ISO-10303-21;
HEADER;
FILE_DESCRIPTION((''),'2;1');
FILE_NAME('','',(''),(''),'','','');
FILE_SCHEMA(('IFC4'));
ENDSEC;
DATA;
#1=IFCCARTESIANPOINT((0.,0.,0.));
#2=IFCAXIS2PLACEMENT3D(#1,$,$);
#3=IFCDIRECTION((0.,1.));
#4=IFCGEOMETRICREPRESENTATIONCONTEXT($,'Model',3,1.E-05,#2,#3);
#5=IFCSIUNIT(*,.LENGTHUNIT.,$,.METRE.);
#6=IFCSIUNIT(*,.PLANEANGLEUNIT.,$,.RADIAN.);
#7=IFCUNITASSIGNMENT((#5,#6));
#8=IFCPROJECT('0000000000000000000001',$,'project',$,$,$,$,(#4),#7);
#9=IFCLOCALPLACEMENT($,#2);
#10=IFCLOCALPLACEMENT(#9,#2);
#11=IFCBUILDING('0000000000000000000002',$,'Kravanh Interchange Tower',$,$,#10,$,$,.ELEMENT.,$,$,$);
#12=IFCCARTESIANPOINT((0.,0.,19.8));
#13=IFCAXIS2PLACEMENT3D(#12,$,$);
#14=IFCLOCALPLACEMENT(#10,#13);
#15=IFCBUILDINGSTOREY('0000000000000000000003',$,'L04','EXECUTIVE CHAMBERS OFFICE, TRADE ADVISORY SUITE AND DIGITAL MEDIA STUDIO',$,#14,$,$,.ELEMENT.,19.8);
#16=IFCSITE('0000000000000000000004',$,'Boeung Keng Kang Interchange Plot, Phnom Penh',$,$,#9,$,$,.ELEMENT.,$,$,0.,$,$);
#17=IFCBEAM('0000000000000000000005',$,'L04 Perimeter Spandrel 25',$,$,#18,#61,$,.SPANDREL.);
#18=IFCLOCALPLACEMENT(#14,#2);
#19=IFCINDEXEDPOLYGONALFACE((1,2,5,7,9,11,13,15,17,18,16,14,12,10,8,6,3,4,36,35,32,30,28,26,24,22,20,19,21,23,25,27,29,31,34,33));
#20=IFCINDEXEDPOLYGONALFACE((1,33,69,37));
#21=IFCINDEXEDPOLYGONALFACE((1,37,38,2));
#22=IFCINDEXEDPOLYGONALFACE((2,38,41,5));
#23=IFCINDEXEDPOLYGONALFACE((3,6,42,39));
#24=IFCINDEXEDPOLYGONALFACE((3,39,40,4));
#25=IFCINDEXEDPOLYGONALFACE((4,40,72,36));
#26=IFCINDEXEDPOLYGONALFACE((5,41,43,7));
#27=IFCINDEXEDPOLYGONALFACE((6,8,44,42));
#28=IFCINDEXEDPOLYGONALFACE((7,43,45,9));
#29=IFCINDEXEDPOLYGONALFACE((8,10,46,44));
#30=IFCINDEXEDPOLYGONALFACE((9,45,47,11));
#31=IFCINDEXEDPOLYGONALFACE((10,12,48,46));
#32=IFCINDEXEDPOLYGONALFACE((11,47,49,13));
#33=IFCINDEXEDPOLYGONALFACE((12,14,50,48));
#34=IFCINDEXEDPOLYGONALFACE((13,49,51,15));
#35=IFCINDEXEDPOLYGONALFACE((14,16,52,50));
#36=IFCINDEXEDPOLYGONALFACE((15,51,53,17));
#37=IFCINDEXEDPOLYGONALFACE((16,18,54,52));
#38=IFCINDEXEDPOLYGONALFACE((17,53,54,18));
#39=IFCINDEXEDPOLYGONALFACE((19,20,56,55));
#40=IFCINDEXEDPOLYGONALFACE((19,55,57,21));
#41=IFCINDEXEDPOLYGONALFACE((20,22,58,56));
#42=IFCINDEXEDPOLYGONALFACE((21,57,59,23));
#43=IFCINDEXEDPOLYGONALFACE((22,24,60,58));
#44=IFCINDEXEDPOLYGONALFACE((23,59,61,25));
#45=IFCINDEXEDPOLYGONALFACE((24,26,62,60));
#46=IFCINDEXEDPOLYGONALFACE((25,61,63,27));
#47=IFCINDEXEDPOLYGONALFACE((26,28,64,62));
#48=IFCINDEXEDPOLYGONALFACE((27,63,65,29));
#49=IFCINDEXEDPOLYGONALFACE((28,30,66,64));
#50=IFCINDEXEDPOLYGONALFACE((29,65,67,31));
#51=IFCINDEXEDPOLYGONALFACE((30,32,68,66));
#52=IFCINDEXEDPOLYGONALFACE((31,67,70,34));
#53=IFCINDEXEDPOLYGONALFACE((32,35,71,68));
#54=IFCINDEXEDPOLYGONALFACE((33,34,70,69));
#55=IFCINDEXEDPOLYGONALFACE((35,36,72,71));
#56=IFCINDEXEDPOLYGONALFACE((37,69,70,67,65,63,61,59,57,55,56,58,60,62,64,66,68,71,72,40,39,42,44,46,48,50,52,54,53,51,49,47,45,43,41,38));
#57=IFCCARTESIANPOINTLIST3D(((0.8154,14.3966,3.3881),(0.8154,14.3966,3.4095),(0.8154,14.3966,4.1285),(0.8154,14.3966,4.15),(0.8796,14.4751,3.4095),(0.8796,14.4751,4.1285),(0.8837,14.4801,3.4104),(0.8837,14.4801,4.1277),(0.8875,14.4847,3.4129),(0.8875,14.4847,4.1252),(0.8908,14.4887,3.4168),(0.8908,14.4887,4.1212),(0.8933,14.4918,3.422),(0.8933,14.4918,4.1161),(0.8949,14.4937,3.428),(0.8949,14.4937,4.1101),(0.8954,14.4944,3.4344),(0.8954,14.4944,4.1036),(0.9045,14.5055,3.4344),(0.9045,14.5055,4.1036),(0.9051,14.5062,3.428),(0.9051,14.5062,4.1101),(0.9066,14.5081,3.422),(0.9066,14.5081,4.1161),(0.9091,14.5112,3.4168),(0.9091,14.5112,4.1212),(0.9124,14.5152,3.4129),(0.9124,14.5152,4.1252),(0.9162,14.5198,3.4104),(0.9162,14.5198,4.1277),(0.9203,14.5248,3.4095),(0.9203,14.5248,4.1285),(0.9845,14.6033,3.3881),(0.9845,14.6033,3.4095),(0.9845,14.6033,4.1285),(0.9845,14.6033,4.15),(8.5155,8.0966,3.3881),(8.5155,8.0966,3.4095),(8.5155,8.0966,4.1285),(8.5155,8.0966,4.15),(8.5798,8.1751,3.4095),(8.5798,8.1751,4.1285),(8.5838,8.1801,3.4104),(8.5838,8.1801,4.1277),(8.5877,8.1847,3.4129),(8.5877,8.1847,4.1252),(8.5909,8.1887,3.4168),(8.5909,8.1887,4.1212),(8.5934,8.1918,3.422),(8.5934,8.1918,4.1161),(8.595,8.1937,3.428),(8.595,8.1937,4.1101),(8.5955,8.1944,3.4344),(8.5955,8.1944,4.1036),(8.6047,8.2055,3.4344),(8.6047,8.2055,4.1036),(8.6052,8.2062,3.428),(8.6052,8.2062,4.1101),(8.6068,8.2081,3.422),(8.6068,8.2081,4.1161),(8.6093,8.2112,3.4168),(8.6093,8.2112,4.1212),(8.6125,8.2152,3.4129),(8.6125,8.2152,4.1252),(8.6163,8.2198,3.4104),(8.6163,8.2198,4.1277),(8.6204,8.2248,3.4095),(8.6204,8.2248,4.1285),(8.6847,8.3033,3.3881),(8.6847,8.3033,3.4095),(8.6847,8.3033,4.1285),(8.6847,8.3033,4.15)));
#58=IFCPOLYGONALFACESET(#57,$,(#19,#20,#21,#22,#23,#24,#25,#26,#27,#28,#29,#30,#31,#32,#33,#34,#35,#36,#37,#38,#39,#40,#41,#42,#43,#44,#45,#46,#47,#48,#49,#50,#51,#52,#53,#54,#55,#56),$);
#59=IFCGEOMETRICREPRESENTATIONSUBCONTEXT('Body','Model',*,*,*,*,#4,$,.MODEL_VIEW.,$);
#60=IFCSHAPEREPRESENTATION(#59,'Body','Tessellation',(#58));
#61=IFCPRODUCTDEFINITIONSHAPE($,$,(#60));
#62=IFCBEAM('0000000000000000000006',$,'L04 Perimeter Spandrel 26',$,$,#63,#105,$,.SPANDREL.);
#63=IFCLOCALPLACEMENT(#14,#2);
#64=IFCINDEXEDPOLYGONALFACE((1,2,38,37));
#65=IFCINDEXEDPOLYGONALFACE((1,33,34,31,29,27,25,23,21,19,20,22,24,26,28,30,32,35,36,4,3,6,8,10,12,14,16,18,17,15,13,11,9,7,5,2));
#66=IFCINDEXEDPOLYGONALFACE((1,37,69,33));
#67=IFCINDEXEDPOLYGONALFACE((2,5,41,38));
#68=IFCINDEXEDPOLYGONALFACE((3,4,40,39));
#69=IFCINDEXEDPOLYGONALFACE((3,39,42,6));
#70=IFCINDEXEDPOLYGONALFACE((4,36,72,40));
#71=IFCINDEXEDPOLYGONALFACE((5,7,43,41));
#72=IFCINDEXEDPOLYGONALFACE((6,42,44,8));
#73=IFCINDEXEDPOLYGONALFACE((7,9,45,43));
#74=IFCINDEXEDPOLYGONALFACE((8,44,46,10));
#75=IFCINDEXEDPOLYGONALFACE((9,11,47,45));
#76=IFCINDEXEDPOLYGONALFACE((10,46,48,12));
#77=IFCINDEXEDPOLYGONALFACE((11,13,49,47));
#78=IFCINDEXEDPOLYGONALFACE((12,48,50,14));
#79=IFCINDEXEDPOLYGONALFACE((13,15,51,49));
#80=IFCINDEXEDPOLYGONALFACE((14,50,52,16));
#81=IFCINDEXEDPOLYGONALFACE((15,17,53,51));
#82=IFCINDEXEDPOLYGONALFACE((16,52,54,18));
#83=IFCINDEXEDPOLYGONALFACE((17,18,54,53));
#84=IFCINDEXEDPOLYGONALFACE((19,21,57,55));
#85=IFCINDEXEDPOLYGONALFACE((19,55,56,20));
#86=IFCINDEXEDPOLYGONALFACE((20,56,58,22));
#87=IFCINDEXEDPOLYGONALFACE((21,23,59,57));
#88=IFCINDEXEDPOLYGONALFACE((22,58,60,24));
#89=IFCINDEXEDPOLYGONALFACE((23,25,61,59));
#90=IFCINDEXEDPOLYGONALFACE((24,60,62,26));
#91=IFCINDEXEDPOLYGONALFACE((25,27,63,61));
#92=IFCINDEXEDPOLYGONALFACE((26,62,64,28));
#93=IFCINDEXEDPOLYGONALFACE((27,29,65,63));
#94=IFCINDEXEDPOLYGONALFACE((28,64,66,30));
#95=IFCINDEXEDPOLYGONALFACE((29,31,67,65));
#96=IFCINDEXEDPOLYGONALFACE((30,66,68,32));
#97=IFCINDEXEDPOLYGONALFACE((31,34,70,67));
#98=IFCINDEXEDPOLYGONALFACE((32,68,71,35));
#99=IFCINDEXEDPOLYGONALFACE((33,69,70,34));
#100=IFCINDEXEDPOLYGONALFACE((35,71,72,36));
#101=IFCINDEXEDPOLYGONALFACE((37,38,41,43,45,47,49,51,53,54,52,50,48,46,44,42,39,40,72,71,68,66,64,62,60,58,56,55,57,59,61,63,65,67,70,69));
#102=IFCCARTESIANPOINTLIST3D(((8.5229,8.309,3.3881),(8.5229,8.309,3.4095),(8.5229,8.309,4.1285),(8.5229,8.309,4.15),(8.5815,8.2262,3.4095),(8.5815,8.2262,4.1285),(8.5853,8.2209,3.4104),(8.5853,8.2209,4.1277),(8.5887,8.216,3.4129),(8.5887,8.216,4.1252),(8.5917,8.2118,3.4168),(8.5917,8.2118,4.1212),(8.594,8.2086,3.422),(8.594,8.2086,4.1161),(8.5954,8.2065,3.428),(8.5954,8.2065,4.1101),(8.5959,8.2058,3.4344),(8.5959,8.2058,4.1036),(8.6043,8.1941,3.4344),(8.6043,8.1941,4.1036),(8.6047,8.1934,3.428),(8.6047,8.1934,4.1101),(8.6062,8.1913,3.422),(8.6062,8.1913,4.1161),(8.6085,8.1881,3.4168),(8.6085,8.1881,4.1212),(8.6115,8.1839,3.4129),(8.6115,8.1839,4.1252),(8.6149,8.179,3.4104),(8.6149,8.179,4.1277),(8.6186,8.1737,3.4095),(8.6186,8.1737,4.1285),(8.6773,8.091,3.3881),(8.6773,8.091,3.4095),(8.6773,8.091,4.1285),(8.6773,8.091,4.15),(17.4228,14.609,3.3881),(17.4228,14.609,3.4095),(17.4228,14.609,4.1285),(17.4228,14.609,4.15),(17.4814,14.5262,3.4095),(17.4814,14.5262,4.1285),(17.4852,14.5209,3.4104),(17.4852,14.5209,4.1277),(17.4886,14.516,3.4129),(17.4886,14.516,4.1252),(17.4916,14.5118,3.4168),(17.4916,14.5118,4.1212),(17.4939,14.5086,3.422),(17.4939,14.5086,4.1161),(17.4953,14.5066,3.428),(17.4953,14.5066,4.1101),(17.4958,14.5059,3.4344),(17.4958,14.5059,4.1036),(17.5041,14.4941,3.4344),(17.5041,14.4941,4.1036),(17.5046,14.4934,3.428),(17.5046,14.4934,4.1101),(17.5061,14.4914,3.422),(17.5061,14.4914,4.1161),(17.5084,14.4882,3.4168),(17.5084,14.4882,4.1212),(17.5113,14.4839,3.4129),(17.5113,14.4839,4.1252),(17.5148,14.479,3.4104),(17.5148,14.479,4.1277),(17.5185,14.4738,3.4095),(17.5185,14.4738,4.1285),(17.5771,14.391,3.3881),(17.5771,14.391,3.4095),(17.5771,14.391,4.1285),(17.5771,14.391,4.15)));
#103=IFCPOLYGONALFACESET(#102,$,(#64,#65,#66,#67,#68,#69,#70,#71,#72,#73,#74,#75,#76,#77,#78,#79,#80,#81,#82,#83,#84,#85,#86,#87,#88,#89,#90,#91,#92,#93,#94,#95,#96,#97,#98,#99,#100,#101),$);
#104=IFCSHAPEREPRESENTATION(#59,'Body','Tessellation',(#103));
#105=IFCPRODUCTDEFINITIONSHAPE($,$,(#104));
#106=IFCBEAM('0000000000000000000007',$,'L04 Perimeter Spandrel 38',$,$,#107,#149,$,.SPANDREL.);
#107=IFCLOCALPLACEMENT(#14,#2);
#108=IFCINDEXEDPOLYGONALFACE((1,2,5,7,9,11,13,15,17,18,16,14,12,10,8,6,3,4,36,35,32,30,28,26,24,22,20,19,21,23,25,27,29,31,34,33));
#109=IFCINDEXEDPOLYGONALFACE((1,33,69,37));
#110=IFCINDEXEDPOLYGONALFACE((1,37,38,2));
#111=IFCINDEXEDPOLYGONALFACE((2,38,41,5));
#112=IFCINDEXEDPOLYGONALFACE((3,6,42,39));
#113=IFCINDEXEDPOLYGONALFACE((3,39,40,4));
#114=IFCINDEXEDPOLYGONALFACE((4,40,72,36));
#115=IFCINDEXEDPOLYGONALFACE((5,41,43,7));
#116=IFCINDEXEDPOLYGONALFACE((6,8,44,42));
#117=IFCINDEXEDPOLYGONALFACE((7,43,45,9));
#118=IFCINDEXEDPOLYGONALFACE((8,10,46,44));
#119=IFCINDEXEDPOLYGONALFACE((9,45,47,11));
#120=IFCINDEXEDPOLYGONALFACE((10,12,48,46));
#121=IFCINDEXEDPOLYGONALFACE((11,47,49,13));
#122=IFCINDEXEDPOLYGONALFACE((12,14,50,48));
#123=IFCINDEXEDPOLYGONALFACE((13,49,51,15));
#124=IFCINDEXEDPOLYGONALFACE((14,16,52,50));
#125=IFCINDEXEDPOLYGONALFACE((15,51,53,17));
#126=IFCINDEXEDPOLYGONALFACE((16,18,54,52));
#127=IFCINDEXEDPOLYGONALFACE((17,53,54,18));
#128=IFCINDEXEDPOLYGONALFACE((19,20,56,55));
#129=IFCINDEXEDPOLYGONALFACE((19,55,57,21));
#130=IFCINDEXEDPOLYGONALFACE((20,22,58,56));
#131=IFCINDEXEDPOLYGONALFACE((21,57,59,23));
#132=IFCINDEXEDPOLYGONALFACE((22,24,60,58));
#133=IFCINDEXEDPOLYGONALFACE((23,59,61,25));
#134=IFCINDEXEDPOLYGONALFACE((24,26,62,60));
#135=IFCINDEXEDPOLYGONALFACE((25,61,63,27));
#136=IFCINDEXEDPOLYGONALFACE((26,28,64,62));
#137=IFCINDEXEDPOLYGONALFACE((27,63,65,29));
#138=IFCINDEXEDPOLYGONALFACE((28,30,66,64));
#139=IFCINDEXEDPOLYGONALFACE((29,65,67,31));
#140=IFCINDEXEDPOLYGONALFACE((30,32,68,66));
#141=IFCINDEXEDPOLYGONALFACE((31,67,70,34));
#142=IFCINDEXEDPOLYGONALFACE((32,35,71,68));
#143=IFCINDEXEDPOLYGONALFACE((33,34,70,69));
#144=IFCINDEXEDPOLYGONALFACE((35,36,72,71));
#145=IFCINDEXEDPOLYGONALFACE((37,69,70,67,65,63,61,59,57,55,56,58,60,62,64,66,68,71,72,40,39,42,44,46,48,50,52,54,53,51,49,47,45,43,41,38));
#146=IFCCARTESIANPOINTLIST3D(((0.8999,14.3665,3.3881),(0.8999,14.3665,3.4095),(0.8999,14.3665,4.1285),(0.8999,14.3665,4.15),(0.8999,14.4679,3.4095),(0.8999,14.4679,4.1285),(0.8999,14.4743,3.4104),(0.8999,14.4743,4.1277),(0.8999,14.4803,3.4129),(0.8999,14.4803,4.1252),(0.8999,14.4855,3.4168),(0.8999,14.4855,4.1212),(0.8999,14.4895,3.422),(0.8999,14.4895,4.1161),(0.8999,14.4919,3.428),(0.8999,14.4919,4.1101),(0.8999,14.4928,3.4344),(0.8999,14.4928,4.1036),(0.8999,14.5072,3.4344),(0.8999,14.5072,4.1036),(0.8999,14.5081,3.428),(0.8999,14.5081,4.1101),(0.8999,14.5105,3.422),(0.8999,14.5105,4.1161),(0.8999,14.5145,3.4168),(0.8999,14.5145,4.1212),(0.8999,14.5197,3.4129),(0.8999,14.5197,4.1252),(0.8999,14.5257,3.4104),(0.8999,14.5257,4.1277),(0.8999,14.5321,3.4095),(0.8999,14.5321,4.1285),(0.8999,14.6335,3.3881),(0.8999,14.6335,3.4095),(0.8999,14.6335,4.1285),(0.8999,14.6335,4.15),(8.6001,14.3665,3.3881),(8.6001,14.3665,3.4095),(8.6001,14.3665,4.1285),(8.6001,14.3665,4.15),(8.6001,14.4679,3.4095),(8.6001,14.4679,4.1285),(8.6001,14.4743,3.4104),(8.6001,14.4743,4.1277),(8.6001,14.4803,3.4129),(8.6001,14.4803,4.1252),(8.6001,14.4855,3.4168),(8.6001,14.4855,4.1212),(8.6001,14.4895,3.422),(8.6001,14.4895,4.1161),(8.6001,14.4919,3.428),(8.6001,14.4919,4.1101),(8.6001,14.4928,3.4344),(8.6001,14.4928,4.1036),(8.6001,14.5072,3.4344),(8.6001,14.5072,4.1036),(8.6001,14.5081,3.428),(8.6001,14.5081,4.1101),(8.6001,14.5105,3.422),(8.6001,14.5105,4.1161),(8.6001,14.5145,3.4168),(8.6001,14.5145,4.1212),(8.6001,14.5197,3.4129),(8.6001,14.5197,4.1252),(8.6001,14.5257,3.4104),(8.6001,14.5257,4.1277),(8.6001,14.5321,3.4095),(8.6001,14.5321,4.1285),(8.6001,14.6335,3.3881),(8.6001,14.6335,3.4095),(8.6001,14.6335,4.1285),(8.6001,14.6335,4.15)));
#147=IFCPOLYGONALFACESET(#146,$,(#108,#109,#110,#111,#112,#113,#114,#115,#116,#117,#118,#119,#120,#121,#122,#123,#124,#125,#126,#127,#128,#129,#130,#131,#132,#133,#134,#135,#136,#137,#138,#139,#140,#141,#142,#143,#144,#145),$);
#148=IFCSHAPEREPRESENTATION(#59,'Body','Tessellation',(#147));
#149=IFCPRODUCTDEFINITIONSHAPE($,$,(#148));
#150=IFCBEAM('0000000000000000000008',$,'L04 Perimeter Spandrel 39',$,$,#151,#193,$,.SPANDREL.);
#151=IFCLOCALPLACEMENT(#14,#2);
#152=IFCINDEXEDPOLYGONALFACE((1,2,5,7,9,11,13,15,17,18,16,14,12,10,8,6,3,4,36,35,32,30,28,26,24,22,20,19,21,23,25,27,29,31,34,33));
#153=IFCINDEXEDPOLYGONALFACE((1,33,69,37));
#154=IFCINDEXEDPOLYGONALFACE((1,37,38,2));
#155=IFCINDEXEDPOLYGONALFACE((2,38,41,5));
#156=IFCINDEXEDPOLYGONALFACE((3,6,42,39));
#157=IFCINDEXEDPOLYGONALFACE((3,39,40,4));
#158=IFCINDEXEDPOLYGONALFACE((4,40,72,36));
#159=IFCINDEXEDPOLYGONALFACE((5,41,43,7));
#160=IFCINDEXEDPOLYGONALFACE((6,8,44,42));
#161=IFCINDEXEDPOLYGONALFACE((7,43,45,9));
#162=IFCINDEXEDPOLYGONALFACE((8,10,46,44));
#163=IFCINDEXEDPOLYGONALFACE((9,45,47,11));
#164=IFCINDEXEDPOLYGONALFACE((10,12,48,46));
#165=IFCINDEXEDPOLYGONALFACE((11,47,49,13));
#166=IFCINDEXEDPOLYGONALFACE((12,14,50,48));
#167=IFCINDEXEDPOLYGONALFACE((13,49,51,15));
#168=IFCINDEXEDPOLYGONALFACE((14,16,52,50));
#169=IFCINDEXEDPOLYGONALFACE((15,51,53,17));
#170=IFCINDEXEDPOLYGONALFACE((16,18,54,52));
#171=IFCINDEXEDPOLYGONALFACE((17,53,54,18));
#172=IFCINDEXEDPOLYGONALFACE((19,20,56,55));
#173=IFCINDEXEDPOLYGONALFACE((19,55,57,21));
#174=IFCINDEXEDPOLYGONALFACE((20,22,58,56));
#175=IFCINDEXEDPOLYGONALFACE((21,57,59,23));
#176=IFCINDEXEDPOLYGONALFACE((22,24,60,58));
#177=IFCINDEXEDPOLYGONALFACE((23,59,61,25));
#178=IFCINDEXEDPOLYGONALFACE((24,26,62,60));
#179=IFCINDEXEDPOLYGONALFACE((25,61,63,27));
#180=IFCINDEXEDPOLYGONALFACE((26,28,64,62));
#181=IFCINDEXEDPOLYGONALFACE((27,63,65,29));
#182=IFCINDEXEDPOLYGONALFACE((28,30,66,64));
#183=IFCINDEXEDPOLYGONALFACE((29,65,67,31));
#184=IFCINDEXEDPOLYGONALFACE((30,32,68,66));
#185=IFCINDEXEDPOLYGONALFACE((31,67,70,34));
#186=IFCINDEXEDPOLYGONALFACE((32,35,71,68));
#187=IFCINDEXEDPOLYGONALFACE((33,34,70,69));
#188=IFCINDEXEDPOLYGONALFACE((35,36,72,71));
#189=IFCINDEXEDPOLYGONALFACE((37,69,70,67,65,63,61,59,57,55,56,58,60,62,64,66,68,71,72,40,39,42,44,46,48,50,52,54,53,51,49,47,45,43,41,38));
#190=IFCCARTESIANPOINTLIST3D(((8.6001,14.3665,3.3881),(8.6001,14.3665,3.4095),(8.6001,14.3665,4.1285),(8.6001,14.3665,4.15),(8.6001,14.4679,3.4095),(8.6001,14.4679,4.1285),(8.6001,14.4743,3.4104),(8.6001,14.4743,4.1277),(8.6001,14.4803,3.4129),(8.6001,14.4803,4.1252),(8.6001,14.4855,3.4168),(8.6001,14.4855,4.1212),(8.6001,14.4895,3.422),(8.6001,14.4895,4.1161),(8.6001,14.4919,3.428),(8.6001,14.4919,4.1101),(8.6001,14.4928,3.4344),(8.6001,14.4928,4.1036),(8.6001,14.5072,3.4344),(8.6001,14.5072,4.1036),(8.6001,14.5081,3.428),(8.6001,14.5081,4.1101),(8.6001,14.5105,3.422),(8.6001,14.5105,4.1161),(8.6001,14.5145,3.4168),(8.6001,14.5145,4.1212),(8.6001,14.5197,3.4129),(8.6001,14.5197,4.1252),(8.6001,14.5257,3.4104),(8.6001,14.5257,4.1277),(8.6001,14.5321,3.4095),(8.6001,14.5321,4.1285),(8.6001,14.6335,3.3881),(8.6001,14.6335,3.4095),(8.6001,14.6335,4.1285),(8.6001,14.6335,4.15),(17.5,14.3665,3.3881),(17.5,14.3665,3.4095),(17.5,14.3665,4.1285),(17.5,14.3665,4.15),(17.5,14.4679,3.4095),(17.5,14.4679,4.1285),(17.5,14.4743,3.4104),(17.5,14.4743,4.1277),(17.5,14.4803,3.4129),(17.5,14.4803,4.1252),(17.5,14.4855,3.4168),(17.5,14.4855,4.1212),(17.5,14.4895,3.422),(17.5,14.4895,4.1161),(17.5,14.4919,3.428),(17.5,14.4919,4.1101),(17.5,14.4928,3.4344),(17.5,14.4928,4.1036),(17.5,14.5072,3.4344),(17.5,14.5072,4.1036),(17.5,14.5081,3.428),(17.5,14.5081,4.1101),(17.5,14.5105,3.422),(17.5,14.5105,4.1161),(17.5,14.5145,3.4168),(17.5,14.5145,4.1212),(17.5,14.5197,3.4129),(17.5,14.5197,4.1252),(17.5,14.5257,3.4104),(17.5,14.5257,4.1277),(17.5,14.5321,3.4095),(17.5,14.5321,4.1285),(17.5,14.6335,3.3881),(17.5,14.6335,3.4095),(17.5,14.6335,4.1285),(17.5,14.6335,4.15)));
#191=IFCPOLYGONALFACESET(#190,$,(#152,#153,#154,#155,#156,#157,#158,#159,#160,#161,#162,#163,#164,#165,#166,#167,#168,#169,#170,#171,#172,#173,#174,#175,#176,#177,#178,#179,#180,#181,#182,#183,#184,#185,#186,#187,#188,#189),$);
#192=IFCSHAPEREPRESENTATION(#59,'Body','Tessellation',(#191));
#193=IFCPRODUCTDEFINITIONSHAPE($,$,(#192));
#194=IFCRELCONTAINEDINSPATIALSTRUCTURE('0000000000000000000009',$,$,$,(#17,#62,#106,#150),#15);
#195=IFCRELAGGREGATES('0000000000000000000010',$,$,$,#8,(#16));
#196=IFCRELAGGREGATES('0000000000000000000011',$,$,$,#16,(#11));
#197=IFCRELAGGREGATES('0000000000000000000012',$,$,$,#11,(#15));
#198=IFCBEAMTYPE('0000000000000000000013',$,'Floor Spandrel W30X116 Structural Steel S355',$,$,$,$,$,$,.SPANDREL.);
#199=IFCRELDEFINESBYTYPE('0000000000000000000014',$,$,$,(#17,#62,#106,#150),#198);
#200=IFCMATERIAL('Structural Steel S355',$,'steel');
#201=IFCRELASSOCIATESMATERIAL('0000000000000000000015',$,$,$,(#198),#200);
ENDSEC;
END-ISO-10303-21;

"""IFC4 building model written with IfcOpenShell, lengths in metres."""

from ifc_helpers import new_model, si_unit, direction, frame, origin, origin_2d, place, context, subcontext, project, spatial, i_section, extrude, material, material_profile, profile_set, type_object, element, save


model = new_model("IFC4")

# Units and contexts
model_context = context("Model", 3, precision=1e-05, world=origin(), true_north=direction((0.0, 1.0)))
body_context = subcontext(model_context, "Body", "Model", "MODEL_VIEW")
ifc_project = project(units=[si_unit("LENGTHUNIT", "METRE"), si_unit("PLANEANGLEUNIT", "RADIAN")], contexts=[model_context])

# Site, building, storey
site_placement = place(None, origin())
site = spatial("IfcSite", under=ifc_project, at=site_placement, Name="Boeung Keng Kang Interchange Plot, Phnom Penh", CompositionType="ELEMENT", RefElevation=0.0)
building_placement = place(site_placement, origin())
building = spatial("IfcBuilding", under=site, at=building_placement, Name="Kravanh Interchange Tower", CompositionType="ELEMENT")
storey_placement = place(building_placement, frame((0.0, 0.0, 19.8)))
storey = spatial("IfcBuildingStorey", under=building, at=storey_placement, Name="L04", Description="EXECUTIVE CHAMBERS OFFICE, TRADE ADVISORY SUITE AND DIGITAL MEDIA STUDIO", CompositionType="ELEMENT", Elevation=19.8)

# Beams
ifc_material_1 = material(Name="Structural Steel S355", Category="steel")
ifc_material_profile_1 = material_profile(ifc_material_1, i_section(OverallWidth=0.2671, OverallDepth=0.762, WebThickness=0.0144, FlangeThickness=0.0215, FilletRadius=0.0249, at=origin_2d()), Name="W30X116")
ifc_profile_set_1 = profile_set([ifc_material_profile_1], Name="Structural Steel S355")
beam_type_1 = type_object("IfcBeamType", Name="Floor Spandrel W30X116 Structural Steel S355", PredefinedType="SPANDREL", material=ifc_profile_set_1)
beam_1_placement = place(storey_placement, frame((8.6001, 8.2, 3.769), z_axis=(-0.773963, 0.633231, 0.0), x_axis=(-0.633231, -0.773963, 0.0)))
element("IfcBeam", 1, at=beam_1_placement, inside=storey, type_object=beam_type_1, Name="L04 Perimeter Spandrel 25", PredefinedType="SPANDREL", context=body_context, shape_type="SweptSolid", body=[
    extrude(i_section(OverallWidth=0.2671, OverallDepth=0.762, WebThickness=0.0144, FlangeThickness=0.0215, FilletRadius=0.0249, at=origin_2d()), origin(), (0.0, 0.0, 1.0), 9.949),
])
beam_2_placement = place(storey_placement, frame((8.6001, 8.2, 3.769), z_axis=(0.8162, 0.57777, 0.0), x_axis=(-0.57777, 0.8162, 0.0)))
element("IfcBeam", 2, at=beam_2_placement, inside=storey, type_object=beam_type_1, Name="L04 Perimeter Spandrel 26", PredefinedType="SPANDREL", context=body_context, shape_type="SweptSolid", body=[
    extrude(i_section(OverallWidth=0.2671, OverallDepth=0.762, WebThickness=0.0144, FlangeThickness=0.0215, FilletRadius=0.0249, at=origin_2d()), origin(), (0.0, 0.0, 1.0), 10.9041),
])
beam_3_placement = place(storey_placement, frame((8.6001, 14.5, 3.769), z_axis=(-1.0, 0.0, 0.0), x_axis=(0.0, -1.0, 0.0)))
element("IfcBeam", 3, at=beam_3_placement, inside=storey, type_object=beam_type_1, Name="L04 Perimeter Spandrel 38", PredefinedType="SPANDREL", context=body_context, shape_type="SweptSolid", body=[
    extrude(i_section(OverallWidth=0.2671, OverallDepth=0.762, WebThickness=0.0144, FlangeThickness=0.0215, FilletRadius=0.0249, at=origin_2d()), origin(), (0.0, 0.0, 1.0), 7.7002),
])
beam_4_placement = place(storey_placement, frame((8.6001, 14.5, 3.769), z_axis=(1.0, 0.0, 0.0), x_axis=(0.0, 1.0, 0.0)))
element("IfcBeam", 4, at=beam_4_placement, inside=storey, type_object=beam_type_1, Name="L04 Perimeter Spandrel 39", PredefinedType="SPANDREL", context=body_context, shape_type="SweptSolid", body=[
    extrude(i_section(OverallWidth=0.2671, OverallDepth=0.762, WebThickness=0.0144, FlangeThickness=0.0215, FilletRadius=0.0249, at=origin_2d()), origin(), (0.0, 0.0, 1.0), 8.8999),
])

save(model, "model.ifc")
